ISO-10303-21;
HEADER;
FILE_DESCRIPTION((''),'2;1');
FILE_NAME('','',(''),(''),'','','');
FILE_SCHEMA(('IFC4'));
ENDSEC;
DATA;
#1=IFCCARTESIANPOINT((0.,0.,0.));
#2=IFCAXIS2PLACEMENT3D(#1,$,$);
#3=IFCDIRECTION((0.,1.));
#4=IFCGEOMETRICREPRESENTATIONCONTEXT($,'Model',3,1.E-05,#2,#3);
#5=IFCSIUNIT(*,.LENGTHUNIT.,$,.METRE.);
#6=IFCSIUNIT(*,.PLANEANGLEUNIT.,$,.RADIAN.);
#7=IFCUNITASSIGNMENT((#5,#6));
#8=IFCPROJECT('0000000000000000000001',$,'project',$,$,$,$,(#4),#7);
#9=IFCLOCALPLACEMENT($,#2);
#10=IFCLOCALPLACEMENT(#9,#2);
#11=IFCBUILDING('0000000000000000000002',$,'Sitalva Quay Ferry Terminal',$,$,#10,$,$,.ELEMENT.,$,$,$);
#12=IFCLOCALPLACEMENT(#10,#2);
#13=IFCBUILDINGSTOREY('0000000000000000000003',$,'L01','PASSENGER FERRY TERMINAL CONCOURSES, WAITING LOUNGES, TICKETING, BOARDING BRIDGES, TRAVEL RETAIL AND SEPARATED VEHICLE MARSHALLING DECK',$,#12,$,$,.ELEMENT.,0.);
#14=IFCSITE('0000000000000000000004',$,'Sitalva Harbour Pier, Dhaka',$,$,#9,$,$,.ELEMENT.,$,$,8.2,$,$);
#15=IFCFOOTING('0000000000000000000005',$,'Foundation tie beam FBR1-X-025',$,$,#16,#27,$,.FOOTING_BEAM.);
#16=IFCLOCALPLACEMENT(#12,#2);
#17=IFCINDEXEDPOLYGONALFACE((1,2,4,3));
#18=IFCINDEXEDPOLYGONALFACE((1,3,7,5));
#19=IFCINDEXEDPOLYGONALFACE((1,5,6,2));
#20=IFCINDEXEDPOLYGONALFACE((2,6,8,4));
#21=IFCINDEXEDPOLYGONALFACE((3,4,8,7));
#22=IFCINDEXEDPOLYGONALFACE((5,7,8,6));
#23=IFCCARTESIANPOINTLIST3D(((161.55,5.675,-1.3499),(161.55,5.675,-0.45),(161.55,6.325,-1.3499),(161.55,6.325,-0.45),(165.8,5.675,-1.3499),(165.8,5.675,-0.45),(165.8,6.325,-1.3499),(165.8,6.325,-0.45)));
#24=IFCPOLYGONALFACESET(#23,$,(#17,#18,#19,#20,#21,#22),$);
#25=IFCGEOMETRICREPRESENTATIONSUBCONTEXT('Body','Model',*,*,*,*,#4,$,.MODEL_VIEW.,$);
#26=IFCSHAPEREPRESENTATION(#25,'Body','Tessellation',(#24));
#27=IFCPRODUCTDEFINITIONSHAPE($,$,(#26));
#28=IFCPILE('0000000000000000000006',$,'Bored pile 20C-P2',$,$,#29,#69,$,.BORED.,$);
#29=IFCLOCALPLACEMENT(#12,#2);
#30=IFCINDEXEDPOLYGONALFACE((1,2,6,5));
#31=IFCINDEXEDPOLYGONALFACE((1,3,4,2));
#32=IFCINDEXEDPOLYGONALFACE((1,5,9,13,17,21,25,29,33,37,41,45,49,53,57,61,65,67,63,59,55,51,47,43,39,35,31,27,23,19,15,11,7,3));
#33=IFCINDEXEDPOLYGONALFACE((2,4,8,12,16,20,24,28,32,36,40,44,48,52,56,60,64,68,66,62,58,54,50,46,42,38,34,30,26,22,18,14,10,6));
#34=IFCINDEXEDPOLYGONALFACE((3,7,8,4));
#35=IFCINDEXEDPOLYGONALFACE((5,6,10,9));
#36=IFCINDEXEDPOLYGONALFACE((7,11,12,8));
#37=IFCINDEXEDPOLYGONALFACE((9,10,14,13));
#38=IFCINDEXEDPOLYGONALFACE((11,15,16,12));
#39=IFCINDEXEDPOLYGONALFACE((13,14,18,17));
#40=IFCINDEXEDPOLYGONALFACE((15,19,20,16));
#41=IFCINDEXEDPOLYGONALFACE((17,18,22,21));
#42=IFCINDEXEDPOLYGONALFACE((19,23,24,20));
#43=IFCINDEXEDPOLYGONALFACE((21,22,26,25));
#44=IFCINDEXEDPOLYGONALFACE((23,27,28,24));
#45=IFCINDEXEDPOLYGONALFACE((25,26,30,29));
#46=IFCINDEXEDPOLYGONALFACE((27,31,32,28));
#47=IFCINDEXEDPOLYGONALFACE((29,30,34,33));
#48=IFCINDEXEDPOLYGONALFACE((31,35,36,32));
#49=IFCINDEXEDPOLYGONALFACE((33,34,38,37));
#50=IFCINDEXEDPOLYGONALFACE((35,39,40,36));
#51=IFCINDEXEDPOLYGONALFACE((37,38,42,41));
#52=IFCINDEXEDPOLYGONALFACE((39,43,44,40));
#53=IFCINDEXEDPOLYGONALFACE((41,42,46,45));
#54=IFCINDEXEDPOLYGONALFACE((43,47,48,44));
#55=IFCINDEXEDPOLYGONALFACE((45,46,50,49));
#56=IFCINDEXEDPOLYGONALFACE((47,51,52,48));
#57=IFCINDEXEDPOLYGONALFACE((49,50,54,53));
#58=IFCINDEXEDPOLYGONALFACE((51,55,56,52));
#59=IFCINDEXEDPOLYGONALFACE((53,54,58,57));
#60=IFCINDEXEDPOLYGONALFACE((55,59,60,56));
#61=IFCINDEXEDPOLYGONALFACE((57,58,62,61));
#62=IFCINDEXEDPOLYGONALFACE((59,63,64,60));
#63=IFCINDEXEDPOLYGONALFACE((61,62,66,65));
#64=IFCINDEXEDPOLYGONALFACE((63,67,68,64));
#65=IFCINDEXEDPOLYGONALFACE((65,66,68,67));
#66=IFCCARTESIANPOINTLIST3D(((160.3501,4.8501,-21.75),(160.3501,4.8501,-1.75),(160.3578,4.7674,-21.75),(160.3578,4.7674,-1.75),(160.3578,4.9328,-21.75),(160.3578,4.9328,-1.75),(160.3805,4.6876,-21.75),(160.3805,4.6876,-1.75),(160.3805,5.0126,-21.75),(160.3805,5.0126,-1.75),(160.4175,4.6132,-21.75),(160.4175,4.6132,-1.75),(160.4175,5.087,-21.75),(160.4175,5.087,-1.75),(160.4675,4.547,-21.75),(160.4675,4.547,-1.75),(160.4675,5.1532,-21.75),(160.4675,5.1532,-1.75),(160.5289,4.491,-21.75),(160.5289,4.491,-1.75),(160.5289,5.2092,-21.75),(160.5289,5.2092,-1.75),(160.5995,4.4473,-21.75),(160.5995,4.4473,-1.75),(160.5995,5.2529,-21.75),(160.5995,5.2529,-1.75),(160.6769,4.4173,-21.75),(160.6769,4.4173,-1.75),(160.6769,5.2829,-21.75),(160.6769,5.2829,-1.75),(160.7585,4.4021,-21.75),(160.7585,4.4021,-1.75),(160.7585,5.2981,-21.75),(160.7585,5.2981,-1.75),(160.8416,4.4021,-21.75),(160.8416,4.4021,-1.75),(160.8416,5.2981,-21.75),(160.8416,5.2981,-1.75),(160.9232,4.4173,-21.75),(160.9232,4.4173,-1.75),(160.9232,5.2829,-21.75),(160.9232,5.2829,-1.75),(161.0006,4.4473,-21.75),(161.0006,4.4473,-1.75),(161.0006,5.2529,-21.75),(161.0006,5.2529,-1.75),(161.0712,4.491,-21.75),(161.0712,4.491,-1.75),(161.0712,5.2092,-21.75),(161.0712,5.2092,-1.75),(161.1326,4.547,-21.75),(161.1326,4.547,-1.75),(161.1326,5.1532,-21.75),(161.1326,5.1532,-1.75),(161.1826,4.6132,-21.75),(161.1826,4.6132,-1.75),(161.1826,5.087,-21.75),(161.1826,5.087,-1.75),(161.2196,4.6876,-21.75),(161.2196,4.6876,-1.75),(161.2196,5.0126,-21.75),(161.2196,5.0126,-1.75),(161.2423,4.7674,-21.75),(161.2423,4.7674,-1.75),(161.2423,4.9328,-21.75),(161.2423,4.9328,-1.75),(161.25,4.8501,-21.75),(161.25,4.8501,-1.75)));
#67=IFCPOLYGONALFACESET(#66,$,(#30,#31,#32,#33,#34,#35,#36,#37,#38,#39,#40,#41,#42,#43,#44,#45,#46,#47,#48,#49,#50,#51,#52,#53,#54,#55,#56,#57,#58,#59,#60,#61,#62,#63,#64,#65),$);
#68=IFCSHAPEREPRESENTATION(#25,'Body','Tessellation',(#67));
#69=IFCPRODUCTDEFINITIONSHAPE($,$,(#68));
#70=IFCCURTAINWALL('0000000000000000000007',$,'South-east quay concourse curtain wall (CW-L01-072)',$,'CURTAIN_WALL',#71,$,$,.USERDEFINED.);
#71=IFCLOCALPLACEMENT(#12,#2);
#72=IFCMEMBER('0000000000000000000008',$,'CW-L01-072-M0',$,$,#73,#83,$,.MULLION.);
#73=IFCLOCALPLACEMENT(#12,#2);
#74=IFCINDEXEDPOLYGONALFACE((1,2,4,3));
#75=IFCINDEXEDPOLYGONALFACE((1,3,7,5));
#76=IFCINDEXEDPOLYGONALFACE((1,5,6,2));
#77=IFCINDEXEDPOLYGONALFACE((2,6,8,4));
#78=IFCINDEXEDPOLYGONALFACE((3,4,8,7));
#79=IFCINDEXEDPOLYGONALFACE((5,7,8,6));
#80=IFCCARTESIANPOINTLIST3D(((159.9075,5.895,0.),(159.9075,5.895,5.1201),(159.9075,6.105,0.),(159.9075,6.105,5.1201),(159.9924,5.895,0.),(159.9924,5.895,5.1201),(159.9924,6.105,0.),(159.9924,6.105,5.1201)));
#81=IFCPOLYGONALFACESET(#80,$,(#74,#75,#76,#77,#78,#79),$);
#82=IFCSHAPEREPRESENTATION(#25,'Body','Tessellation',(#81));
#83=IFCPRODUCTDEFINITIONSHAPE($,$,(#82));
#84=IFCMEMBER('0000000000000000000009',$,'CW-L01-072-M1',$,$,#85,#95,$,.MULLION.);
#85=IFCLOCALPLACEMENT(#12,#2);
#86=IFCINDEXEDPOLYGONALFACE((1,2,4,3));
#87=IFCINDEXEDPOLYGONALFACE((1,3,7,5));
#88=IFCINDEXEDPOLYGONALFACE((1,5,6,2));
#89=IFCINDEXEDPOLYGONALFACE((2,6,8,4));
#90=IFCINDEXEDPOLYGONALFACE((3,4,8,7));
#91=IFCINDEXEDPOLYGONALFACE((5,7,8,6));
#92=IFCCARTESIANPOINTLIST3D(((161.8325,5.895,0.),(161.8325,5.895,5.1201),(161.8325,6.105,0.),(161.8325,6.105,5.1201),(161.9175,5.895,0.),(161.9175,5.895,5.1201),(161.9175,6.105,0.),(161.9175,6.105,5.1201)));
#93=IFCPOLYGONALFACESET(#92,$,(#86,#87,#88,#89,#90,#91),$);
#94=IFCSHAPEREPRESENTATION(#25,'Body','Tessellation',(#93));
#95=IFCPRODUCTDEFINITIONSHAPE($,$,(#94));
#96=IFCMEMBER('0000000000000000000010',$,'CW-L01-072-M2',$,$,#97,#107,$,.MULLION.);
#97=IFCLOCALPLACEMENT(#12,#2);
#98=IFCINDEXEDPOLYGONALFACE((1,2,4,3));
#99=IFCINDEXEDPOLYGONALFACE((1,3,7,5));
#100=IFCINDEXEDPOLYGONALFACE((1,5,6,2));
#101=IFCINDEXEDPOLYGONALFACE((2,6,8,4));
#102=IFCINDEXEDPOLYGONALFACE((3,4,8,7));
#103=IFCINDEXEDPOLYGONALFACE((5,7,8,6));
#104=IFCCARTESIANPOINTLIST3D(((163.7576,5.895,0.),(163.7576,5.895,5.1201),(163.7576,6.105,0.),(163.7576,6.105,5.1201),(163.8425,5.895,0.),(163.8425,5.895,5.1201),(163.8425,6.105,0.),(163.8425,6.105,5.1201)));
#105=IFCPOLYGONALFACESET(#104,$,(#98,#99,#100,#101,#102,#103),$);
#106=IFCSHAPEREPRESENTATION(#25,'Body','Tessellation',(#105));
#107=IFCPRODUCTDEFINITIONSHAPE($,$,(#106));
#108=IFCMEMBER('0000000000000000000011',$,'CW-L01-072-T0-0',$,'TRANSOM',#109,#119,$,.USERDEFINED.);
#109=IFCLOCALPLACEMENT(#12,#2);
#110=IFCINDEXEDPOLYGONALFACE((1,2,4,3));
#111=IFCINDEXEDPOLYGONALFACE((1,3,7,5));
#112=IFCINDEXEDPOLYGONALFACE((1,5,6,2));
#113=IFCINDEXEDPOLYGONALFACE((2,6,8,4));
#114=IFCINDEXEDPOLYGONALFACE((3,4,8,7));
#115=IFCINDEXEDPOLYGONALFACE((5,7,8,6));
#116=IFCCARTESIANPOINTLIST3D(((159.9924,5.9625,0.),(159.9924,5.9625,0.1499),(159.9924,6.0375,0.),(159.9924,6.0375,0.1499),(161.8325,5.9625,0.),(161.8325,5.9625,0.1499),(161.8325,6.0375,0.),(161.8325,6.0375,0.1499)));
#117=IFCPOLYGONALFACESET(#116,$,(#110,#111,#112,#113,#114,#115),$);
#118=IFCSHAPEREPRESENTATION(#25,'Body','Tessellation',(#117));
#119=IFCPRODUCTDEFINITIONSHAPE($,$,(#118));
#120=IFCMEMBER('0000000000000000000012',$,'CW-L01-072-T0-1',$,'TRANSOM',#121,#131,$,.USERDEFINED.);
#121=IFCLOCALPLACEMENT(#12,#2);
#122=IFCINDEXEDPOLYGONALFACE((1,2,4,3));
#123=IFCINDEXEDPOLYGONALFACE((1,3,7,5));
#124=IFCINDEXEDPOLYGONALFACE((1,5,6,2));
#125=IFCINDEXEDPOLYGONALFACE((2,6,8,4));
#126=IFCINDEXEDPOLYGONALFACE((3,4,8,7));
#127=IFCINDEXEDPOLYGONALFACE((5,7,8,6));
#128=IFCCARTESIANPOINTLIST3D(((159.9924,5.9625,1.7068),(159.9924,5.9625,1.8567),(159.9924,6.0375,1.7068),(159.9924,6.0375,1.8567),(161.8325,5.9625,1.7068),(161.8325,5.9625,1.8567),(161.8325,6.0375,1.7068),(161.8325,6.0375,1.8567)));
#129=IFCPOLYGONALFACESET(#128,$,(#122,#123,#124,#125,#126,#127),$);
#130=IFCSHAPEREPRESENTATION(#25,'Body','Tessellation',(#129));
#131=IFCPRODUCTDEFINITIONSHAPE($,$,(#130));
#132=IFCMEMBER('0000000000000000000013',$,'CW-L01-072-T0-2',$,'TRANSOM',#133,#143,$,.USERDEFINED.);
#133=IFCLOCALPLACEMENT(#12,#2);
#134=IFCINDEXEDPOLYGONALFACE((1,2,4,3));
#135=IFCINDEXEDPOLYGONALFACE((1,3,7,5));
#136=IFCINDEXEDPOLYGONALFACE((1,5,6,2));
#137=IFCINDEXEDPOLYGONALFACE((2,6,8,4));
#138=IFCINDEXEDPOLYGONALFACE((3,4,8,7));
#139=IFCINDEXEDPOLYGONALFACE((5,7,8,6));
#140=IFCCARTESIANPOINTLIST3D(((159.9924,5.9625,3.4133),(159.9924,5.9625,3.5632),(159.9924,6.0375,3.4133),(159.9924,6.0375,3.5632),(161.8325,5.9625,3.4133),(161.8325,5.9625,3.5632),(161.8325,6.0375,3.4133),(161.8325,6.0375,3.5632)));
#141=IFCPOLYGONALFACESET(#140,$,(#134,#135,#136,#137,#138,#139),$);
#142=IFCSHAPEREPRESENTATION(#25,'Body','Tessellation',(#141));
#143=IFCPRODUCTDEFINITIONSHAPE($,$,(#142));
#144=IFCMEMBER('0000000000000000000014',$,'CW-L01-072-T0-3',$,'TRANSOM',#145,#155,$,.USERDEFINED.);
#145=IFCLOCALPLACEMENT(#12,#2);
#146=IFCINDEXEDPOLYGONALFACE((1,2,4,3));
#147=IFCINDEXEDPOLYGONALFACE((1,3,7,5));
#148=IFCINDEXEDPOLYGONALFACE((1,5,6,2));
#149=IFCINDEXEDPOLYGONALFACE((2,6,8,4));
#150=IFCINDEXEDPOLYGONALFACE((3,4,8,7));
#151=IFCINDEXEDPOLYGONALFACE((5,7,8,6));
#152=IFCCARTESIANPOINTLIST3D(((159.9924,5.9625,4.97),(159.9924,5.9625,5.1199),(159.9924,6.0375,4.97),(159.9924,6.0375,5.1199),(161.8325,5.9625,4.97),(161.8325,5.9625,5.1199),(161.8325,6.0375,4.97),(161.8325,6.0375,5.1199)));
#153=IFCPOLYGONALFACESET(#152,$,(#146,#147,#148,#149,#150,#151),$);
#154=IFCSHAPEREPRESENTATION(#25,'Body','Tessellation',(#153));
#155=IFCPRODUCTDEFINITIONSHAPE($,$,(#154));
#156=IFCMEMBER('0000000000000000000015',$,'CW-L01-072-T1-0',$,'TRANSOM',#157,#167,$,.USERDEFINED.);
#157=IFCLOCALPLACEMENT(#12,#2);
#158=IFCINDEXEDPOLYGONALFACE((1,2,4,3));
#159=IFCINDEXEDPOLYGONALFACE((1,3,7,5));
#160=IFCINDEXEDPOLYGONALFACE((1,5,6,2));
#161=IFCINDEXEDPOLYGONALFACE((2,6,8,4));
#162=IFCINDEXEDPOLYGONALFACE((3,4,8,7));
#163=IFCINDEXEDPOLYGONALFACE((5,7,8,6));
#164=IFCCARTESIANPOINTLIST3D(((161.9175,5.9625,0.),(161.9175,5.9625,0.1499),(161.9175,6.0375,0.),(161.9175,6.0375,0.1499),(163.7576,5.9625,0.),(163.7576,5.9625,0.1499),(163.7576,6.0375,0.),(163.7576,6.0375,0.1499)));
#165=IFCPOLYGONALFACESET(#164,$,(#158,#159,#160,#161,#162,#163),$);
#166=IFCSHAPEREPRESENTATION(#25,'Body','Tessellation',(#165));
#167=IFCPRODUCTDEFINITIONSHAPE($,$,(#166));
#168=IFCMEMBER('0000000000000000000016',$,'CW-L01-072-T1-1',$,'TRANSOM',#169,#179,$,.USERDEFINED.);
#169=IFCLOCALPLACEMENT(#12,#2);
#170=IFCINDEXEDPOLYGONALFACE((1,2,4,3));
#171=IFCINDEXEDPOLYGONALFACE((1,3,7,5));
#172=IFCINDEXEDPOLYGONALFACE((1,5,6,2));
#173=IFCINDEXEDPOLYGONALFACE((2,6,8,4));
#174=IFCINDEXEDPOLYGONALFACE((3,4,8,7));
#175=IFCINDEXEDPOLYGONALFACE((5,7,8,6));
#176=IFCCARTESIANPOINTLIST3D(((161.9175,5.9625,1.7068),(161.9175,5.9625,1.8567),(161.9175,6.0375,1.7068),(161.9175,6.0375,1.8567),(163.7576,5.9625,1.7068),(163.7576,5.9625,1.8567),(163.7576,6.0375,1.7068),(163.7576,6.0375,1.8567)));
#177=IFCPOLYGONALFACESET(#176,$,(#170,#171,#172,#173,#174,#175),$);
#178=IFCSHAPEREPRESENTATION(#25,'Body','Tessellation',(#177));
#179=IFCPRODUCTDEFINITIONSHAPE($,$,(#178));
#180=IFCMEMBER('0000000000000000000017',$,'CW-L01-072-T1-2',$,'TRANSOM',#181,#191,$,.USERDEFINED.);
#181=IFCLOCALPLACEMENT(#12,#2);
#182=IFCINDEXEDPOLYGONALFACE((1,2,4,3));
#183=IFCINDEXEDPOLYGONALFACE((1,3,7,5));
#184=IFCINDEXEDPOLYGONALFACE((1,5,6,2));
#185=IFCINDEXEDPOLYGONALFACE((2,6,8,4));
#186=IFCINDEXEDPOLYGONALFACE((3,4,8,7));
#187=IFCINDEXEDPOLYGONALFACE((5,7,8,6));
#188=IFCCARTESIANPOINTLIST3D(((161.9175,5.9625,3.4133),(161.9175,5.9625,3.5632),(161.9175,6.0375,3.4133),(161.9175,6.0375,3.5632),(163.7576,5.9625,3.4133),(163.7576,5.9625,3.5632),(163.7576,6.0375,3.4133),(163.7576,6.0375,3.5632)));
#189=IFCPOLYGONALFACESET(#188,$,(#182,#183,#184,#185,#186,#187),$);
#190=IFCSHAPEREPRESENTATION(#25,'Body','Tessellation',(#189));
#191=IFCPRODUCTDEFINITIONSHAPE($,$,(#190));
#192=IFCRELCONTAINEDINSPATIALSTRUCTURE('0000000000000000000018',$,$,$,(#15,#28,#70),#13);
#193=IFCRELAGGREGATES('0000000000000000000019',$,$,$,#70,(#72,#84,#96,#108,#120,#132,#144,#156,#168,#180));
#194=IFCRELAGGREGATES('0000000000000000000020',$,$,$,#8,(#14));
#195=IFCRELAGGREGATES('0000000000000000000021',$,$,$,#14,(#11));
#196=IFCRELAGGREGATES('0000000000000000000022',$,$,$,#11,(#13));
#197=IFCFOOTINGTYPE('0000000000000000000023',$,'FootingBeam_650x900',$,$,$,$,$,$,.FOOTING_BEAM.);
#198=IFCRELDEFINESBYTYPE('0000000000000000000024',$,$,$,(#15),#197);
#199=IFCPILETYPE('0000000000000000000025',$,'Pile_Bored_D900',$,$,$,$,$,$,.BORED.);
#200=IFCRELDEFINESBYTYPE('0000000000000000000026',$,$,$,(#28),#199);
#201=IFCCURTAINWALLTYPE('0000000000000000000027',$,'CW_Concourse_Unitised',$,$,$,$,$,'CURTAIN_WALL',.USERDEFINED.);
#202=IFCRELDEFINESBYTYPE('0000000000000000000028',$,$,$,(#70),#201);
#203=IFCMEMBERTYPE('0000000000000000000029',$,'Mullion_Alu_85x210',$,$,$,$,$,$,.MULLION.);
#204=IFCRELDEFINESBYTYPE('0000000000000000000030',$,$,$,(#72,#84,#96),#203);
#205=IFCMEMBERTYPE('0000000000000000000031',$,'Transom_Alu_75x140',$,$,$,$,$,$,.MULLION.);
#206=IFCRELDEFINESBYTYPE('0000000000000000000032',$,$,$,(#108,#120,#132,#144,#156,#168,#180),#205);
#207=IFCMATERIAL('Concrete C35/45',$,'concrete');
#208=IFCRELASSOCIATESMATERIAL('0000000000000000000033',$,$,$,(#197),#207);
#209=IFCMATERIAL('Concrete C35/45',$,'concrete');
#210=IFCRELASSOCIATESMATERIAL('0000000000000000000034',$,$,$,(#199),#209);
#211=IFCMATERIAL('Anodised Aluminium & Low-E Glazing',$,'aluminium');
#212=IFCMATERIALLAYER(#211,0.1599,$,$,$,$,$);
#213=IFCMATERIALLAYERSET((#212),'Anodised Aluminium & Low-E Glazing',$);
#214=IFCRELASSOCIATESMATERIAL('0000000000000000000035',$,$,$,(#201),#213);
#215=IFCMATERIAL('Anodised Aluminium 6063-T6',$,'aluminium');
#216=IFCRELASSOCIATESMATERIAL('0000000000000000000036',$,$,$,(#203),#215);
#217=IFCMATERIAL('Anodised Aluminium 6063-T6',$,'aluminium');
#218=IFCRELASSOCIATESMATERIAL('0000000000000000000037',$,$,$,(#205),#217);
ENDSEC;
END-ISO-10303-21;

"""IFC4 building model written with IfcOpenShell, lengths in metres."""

from ifc_helpers import new_model, si_unit, direction, frame, origin, origin_2d, place, context, subcontext, project, spatial, rectangle, circle, extrude, material, layer, layer_set, material_profile, profile_set, type_object, element, aggregate, save


model = new_model("IFC4")

# Units and contexts
model_context = context("Model", 3, precision=1e-05, world=origin(), true_north=direction((0.0, 1.0)))
body_context = subcontext(model_context, "Body", "Model", "MODEL_VIEW")
ifc_project = project(units=[si_unit("LENGTHUNIT", "METRE"), si_unit("PLANEANGLEUNIT", "RADIAN")], contexts=[model_context])

# Site, building, storey
site_placement = place(None, origin())
site = spatial("IfcSite", under=ifc_project, at=site_placement, Name="Sitalva Harbour Pier, Dhaka", CompositionType="ELEMENT", RefElevation=8.2)
building_placement = place(site_placement, origin())
building = spatial("IfcBuilding", under=site, at=building_placement, Name="Sitalva Quay Ferry Terminal", CompositionType="ELEMENT")
storey_placement = place(building_placement, origin())
storey = spatial("IfcBuildingStorey", under=building, at=storey_placement, Name="L01", Description="PASSENGER FERRY TERMINAL CONCOURSES, WAITING LOUNGES, TICKETING, BOARDING BRIDGES, TRAVEL RETAIL AND SEPARATED VEHICLE MARSHALLING DECK", CompositionType="ELEMENT", Elevation=0.0)

# Footing
ifc_material_1 = material(Name="Concrete C35/45", Category="concrete")
ifc_material_profile_1 = material_profile(ifc_material_1, rectangle(XDim=0.6499, YDim=0.8999, at=origin_2d()), Name="RC650x900")
ifc_profile_set_1 = profile_set([ifc_material_profile_1], Name="Concrete C35/45")
footing_type = type_object("IfcFootingType", Name="FootingBeam_650x900", PredefinedType="FOOTING_BEAM", material=ifc_profile_set_1)
footing_placement = place(storey_placement, frame((161.55, 6.0, -0.8999), z_axis=(1.0, 0.0, 0.0), x_axis=(0.0, 1.0, 0.0)))
element("IfcFooting", 1, at=footing_placement, inside=storey, type_object=footing_type, Name="Foundation tie beam FBR1-X-025", PredefinedType="FOOTING_BEAM", context=body_context, shape_type="SweptSolid", body=[
    extrude(rectangle(XDim=0.6499, YDim=0.8999, at=origin_2d()), origin(), (0.0, 0.0, 1.0), 4.25),
])

# Pile
ifc_material_2 = material(Name="Concrete C35/45", Category="concrete")
ifc_material_profile_2 = material_profile(ifc_material_2, circle(Radius=0.45, at=origin_2d()), Name="PILE-D900")
ifc_profile_set_2 = profile_set([ifc_material_profile_2], Name="Concrete C35/45")
pile_type = type_object("IfcPileType", Name="Pile_Bored_D900", PredefinedType="BORED", material=ifc_profile_set_2)
pile_placement = place(storey_placement, frame((160.8, 4.8501, -1.75), z_axis=(0.0, 0.0, -1.0), x_axis=(1.0, 0.0, 0.0)))
element("IfcPile", 2, at=pile_placement, inside=storey, type_object=pile_type, Name="Bored pile 20C-P2", PredefinedType="BORED", context=body_context, shape_type="SweptSolid", body=[
    extrude(circle(Radius=0.45, at=origin_2d()), origin(), (0.0, 0.0, 1.0), 20.0),
])

# Curtain wall, members
ifc_material_3 = material(Name="Anodised Aluminium & Low-E Glazing", Category="aluminium")
ifc_layer_1 = layer(ifc_material_3, 0.1599)
ifc_layer_set_1 = layer_set([ifc_layer_1], Name="Anodised Aluminium & Low-E Glazing")
curtain_wall_type = type_object("IfcCurtainWallType", Name="CW_Concourse_Unitised", ElementType="CURTAIN_WALL", PredefinedType="USERDEFINED", material=ifc_layer_set_1)
curtain_wall_placement = place(storey_placement, origin())
curtain_wall = element("IfcCurtainWall", 3, at=curtain_wall_placement, inside=storey, type_object=curtain_wall_type, Name="South-east quay concourse curtain wall (CW-L01-072)", ObjectType="CURTAIN_WALL", PredefinedType="USERDEFINED")
ifc_material_4 = material(Name="Anodised Aluminium 6063-T6", Category="aluminium")
ifc_material_profile_3 = material_profile(ifc_material_4, rectangle(XDim=0.085, YDim=0.21, at=origin_2d()), Name="ALU85x210")
ifc_profile_set_3 = profile_set([ifc_material_profile_3], Name="Anodised Aluminium 6063-T6")
member_type_1 = type_object("IfcMemberType", Name="Mullion_Alu_85x210", PredefinedType="MULLION", material=ifc_profile_set_3)
member_1_placement = place(storey_placement, frame((159.95, 6.0, 0.0), z_axis=(0.0, 0.0, 1.0), x_axis=(1.0, 0.0, 0.0)))
member_1 = element("IfcMember", 4, at=member_1_placement, type_object=member_type_1, Name="CW-L01-072-M0", PredefinedType="MULLION", context=body_context, shape_type="SweptSolid", body=[
    extrude(rectangle(XDim=0.085, YDim=0.21, at=origin_2d()), origin(), (0.0, 0.0, 1.0), 5.1201),
])
member_2_placement = place(storey_placement, frame((161.875, 6.0, 0.0), z_axis=(0.0, 0.0, 1.0), x_axis=(1.0, 0.0, 0.0)))
member_2 = element("IfcMember", 5, at=member_2_placement, type_object=member_type_1, Name="CW-L01-072-M1", PredefinedType="MULLION", context=body_context, shape_type="SweptSolid", body=[
    extrude(rectangle(XDim=0.085, YDim=0.21, at=origin_2d()), origin(), (0.0, 0.0, 1.0), 5.1201),
])
member_3_placement = place(storey_placement, frame((163.8, 6.0, 0.0), z_axis=(0.0, 0.0, 1.0), x_axis=(1.0, 0.0, 0.0)))
member_3 = element("IfcMember", 6, at=member_3_placement, type_object=member_type_1, Name="CW-L01-072-M2", PredefinedType="MULLION", context=body_context, shape_type="SweptSolid", body=[
    extrude(rectangle(XDim=0.085, YDim=0.21, at=origin_2d()), origin(), (0.0, 0.0, 1.0), 5.1201),
])
ifc_material_5 = material(Name="Anodised Aluminium 6063-T6", Category="aluminium")
ifc_material_profile_4 = material_profile(ifc_material_5, rectangle(XDim=0.075, YDim=0.1499, at=origin_2d()), Name="ALU75x150")
ifc_profile_set_4 = profile_set([ifc_material_profile_4], Name="Anodised Aluminium 6063-T6")
member_type_2 = type_object("IfcMemberType", Name="Transom_Alu_75x140", PredefinedType="MULLION", material=ifc_profile_set_4)
member_4_placement = place(storey_placement, frame((159.9924, 6.0, 0.075), z_axis=(1.0, 0.0, 0.0), x_axis=(0.0, 1.0, 0.0)))
member_4 = element("IfcMember", 7, at=member_4_placement, type_object=member_type_2, Name="CW-L01-072-T0-0", ObjectType="TRANSOM", PredefinedType="USERDEFINED", context=body_context, shape_type="SweptSolid", body=[
    extrude(rectangle(XDim=0.075, YDim=0.1499, at=origin_2d()), origin(), (0.0, 0.0, 1.0), 1.8401),
])
member_5_placement = place(storey_placement, frame((159.9924, 6.0, 1.7817), z_axis=(1.0, 0.0, 0.0), x_axis=(0.0, 1.0, 0.0)))
member_5 = element("IfcMember", 8, at=member_5_placement, type_object=member_type_2, Name="CW-L01-072-T0-1", ObjectType="TRANSOM", PredefinedType="USERDEFINED", context=body_context, shape_type="SweptSolid", body=[
    extrude(rectangle(XDim=0.075, YDim=0.1499, at=origin_2d()), origin(), (0.0, 0.0, 1.0), 1.8401),
])
member_6_placement = place(storey_placement, frame((159.9924, 6.0, 3.4883), z_axis=(1.0, 0.0, 0.0), x_axis=(0.0, 1.0, 0.0)))
member_6 = element("IfcMember", 9, at=member_6_placement, type_object=member_type_2, Name="CW-L01-072-T0-2", ObjectType="TRANSOM", PredefinedType="USERDEFINED", context=body_context, shape_type="SweptSolid", body=[
    extrude(rectangle(XDim=0.075, YDim=0.1499, at=origin_2d()), origin(), (0.0, 0.0, 1.0), 1.8401),
])
member_7_placement = place(storey_placement, frame((159.9924, 6.0, 5.0449), z_axis=(1.0, 0.0, 0.0), x_axis=(0.0, 1.0, 0.0)))
member_7 = element("IfcMember", 10, at=member_7_placement, type_object=member_type_2, Name="CW-L01-072-T0-3", ObjectType="TRANSOM", PredefinedType="USERDEFINED", context=body_context, shape_type="SweptSolid", body=[
    extrude(rectangle(XDim=0.075, YDim=0.1499, at=origin_2d()), origin(), (0.0, 0.0, 1.0), 1.8401),
])
member_8_placement = place(storey_placement, frame((161.9175, 6.0, 0.075), z_axis=(1.0, 0.0, 0.0), x_axis=(0.0, 1.0, 0.0)))
member_8 = element("IfcMember", 11, at=member_8_placement, type_object=member_type_2, Name="CW-L01-072-T1-0", ObjectType="TRANSOM", PredefinedType="USERDEFINED", context=body_context, shape_type="SweptSolid", body=[
    extrude(rectangle(XDim=0.075, YDim=0.1499, at=origin_2d()), origin(), (0.0, 0.0, 1.0), 1.8401),
])
member_9_placement = place(storey_placement, frame((161.9175, 6.0, 1.7817), z_axis=(1.0, 0.0, 0.0), x_axis=(0.0, 1.0, 0.0)))
member_9 = element("IfcMember", 12, at=member_9_placement, type_object=member_type_2, Name="CW-L01-072-T1-1", ObjectType="TRANSOM", PredefinedType="USERDEFINED", context=body_context, shape_type="SweptSolid", body=[
    extrude(rectangle(XDim=0.075, YDim=0.1499, at=origin_2d()), origin(), (0.0, 0.0, 1.0), 1.8401),
])
member_10_placement = place(storey_placement, frame((161.9175, 6.0, 3.4883), z_axis=(1.0, 0.0, 0.0), x_axis=(0.0, 1.0, 0.0)))
member_10 = element("IfcMember", 13, at=member_10_placement, type_object=member_type_2, Name="CW-L01-072-T1-2", ObjectType="TRANSOM", PredefinedType="USERDEFINED", context=body_context, shape_type="SweptSolid", body=[
    extrude(rectangle(XDim=0.075, YDim=0.1499, at=origin_2d()), origin(), (0.0, 0.0, 1.0), 1.8401),
])
aggregate(curtain_wall, [member_1, member_2, member_3, member_4, member_5, member_6, member_7, member_8, member_9, member_10])

save(model, "model.ifc")
